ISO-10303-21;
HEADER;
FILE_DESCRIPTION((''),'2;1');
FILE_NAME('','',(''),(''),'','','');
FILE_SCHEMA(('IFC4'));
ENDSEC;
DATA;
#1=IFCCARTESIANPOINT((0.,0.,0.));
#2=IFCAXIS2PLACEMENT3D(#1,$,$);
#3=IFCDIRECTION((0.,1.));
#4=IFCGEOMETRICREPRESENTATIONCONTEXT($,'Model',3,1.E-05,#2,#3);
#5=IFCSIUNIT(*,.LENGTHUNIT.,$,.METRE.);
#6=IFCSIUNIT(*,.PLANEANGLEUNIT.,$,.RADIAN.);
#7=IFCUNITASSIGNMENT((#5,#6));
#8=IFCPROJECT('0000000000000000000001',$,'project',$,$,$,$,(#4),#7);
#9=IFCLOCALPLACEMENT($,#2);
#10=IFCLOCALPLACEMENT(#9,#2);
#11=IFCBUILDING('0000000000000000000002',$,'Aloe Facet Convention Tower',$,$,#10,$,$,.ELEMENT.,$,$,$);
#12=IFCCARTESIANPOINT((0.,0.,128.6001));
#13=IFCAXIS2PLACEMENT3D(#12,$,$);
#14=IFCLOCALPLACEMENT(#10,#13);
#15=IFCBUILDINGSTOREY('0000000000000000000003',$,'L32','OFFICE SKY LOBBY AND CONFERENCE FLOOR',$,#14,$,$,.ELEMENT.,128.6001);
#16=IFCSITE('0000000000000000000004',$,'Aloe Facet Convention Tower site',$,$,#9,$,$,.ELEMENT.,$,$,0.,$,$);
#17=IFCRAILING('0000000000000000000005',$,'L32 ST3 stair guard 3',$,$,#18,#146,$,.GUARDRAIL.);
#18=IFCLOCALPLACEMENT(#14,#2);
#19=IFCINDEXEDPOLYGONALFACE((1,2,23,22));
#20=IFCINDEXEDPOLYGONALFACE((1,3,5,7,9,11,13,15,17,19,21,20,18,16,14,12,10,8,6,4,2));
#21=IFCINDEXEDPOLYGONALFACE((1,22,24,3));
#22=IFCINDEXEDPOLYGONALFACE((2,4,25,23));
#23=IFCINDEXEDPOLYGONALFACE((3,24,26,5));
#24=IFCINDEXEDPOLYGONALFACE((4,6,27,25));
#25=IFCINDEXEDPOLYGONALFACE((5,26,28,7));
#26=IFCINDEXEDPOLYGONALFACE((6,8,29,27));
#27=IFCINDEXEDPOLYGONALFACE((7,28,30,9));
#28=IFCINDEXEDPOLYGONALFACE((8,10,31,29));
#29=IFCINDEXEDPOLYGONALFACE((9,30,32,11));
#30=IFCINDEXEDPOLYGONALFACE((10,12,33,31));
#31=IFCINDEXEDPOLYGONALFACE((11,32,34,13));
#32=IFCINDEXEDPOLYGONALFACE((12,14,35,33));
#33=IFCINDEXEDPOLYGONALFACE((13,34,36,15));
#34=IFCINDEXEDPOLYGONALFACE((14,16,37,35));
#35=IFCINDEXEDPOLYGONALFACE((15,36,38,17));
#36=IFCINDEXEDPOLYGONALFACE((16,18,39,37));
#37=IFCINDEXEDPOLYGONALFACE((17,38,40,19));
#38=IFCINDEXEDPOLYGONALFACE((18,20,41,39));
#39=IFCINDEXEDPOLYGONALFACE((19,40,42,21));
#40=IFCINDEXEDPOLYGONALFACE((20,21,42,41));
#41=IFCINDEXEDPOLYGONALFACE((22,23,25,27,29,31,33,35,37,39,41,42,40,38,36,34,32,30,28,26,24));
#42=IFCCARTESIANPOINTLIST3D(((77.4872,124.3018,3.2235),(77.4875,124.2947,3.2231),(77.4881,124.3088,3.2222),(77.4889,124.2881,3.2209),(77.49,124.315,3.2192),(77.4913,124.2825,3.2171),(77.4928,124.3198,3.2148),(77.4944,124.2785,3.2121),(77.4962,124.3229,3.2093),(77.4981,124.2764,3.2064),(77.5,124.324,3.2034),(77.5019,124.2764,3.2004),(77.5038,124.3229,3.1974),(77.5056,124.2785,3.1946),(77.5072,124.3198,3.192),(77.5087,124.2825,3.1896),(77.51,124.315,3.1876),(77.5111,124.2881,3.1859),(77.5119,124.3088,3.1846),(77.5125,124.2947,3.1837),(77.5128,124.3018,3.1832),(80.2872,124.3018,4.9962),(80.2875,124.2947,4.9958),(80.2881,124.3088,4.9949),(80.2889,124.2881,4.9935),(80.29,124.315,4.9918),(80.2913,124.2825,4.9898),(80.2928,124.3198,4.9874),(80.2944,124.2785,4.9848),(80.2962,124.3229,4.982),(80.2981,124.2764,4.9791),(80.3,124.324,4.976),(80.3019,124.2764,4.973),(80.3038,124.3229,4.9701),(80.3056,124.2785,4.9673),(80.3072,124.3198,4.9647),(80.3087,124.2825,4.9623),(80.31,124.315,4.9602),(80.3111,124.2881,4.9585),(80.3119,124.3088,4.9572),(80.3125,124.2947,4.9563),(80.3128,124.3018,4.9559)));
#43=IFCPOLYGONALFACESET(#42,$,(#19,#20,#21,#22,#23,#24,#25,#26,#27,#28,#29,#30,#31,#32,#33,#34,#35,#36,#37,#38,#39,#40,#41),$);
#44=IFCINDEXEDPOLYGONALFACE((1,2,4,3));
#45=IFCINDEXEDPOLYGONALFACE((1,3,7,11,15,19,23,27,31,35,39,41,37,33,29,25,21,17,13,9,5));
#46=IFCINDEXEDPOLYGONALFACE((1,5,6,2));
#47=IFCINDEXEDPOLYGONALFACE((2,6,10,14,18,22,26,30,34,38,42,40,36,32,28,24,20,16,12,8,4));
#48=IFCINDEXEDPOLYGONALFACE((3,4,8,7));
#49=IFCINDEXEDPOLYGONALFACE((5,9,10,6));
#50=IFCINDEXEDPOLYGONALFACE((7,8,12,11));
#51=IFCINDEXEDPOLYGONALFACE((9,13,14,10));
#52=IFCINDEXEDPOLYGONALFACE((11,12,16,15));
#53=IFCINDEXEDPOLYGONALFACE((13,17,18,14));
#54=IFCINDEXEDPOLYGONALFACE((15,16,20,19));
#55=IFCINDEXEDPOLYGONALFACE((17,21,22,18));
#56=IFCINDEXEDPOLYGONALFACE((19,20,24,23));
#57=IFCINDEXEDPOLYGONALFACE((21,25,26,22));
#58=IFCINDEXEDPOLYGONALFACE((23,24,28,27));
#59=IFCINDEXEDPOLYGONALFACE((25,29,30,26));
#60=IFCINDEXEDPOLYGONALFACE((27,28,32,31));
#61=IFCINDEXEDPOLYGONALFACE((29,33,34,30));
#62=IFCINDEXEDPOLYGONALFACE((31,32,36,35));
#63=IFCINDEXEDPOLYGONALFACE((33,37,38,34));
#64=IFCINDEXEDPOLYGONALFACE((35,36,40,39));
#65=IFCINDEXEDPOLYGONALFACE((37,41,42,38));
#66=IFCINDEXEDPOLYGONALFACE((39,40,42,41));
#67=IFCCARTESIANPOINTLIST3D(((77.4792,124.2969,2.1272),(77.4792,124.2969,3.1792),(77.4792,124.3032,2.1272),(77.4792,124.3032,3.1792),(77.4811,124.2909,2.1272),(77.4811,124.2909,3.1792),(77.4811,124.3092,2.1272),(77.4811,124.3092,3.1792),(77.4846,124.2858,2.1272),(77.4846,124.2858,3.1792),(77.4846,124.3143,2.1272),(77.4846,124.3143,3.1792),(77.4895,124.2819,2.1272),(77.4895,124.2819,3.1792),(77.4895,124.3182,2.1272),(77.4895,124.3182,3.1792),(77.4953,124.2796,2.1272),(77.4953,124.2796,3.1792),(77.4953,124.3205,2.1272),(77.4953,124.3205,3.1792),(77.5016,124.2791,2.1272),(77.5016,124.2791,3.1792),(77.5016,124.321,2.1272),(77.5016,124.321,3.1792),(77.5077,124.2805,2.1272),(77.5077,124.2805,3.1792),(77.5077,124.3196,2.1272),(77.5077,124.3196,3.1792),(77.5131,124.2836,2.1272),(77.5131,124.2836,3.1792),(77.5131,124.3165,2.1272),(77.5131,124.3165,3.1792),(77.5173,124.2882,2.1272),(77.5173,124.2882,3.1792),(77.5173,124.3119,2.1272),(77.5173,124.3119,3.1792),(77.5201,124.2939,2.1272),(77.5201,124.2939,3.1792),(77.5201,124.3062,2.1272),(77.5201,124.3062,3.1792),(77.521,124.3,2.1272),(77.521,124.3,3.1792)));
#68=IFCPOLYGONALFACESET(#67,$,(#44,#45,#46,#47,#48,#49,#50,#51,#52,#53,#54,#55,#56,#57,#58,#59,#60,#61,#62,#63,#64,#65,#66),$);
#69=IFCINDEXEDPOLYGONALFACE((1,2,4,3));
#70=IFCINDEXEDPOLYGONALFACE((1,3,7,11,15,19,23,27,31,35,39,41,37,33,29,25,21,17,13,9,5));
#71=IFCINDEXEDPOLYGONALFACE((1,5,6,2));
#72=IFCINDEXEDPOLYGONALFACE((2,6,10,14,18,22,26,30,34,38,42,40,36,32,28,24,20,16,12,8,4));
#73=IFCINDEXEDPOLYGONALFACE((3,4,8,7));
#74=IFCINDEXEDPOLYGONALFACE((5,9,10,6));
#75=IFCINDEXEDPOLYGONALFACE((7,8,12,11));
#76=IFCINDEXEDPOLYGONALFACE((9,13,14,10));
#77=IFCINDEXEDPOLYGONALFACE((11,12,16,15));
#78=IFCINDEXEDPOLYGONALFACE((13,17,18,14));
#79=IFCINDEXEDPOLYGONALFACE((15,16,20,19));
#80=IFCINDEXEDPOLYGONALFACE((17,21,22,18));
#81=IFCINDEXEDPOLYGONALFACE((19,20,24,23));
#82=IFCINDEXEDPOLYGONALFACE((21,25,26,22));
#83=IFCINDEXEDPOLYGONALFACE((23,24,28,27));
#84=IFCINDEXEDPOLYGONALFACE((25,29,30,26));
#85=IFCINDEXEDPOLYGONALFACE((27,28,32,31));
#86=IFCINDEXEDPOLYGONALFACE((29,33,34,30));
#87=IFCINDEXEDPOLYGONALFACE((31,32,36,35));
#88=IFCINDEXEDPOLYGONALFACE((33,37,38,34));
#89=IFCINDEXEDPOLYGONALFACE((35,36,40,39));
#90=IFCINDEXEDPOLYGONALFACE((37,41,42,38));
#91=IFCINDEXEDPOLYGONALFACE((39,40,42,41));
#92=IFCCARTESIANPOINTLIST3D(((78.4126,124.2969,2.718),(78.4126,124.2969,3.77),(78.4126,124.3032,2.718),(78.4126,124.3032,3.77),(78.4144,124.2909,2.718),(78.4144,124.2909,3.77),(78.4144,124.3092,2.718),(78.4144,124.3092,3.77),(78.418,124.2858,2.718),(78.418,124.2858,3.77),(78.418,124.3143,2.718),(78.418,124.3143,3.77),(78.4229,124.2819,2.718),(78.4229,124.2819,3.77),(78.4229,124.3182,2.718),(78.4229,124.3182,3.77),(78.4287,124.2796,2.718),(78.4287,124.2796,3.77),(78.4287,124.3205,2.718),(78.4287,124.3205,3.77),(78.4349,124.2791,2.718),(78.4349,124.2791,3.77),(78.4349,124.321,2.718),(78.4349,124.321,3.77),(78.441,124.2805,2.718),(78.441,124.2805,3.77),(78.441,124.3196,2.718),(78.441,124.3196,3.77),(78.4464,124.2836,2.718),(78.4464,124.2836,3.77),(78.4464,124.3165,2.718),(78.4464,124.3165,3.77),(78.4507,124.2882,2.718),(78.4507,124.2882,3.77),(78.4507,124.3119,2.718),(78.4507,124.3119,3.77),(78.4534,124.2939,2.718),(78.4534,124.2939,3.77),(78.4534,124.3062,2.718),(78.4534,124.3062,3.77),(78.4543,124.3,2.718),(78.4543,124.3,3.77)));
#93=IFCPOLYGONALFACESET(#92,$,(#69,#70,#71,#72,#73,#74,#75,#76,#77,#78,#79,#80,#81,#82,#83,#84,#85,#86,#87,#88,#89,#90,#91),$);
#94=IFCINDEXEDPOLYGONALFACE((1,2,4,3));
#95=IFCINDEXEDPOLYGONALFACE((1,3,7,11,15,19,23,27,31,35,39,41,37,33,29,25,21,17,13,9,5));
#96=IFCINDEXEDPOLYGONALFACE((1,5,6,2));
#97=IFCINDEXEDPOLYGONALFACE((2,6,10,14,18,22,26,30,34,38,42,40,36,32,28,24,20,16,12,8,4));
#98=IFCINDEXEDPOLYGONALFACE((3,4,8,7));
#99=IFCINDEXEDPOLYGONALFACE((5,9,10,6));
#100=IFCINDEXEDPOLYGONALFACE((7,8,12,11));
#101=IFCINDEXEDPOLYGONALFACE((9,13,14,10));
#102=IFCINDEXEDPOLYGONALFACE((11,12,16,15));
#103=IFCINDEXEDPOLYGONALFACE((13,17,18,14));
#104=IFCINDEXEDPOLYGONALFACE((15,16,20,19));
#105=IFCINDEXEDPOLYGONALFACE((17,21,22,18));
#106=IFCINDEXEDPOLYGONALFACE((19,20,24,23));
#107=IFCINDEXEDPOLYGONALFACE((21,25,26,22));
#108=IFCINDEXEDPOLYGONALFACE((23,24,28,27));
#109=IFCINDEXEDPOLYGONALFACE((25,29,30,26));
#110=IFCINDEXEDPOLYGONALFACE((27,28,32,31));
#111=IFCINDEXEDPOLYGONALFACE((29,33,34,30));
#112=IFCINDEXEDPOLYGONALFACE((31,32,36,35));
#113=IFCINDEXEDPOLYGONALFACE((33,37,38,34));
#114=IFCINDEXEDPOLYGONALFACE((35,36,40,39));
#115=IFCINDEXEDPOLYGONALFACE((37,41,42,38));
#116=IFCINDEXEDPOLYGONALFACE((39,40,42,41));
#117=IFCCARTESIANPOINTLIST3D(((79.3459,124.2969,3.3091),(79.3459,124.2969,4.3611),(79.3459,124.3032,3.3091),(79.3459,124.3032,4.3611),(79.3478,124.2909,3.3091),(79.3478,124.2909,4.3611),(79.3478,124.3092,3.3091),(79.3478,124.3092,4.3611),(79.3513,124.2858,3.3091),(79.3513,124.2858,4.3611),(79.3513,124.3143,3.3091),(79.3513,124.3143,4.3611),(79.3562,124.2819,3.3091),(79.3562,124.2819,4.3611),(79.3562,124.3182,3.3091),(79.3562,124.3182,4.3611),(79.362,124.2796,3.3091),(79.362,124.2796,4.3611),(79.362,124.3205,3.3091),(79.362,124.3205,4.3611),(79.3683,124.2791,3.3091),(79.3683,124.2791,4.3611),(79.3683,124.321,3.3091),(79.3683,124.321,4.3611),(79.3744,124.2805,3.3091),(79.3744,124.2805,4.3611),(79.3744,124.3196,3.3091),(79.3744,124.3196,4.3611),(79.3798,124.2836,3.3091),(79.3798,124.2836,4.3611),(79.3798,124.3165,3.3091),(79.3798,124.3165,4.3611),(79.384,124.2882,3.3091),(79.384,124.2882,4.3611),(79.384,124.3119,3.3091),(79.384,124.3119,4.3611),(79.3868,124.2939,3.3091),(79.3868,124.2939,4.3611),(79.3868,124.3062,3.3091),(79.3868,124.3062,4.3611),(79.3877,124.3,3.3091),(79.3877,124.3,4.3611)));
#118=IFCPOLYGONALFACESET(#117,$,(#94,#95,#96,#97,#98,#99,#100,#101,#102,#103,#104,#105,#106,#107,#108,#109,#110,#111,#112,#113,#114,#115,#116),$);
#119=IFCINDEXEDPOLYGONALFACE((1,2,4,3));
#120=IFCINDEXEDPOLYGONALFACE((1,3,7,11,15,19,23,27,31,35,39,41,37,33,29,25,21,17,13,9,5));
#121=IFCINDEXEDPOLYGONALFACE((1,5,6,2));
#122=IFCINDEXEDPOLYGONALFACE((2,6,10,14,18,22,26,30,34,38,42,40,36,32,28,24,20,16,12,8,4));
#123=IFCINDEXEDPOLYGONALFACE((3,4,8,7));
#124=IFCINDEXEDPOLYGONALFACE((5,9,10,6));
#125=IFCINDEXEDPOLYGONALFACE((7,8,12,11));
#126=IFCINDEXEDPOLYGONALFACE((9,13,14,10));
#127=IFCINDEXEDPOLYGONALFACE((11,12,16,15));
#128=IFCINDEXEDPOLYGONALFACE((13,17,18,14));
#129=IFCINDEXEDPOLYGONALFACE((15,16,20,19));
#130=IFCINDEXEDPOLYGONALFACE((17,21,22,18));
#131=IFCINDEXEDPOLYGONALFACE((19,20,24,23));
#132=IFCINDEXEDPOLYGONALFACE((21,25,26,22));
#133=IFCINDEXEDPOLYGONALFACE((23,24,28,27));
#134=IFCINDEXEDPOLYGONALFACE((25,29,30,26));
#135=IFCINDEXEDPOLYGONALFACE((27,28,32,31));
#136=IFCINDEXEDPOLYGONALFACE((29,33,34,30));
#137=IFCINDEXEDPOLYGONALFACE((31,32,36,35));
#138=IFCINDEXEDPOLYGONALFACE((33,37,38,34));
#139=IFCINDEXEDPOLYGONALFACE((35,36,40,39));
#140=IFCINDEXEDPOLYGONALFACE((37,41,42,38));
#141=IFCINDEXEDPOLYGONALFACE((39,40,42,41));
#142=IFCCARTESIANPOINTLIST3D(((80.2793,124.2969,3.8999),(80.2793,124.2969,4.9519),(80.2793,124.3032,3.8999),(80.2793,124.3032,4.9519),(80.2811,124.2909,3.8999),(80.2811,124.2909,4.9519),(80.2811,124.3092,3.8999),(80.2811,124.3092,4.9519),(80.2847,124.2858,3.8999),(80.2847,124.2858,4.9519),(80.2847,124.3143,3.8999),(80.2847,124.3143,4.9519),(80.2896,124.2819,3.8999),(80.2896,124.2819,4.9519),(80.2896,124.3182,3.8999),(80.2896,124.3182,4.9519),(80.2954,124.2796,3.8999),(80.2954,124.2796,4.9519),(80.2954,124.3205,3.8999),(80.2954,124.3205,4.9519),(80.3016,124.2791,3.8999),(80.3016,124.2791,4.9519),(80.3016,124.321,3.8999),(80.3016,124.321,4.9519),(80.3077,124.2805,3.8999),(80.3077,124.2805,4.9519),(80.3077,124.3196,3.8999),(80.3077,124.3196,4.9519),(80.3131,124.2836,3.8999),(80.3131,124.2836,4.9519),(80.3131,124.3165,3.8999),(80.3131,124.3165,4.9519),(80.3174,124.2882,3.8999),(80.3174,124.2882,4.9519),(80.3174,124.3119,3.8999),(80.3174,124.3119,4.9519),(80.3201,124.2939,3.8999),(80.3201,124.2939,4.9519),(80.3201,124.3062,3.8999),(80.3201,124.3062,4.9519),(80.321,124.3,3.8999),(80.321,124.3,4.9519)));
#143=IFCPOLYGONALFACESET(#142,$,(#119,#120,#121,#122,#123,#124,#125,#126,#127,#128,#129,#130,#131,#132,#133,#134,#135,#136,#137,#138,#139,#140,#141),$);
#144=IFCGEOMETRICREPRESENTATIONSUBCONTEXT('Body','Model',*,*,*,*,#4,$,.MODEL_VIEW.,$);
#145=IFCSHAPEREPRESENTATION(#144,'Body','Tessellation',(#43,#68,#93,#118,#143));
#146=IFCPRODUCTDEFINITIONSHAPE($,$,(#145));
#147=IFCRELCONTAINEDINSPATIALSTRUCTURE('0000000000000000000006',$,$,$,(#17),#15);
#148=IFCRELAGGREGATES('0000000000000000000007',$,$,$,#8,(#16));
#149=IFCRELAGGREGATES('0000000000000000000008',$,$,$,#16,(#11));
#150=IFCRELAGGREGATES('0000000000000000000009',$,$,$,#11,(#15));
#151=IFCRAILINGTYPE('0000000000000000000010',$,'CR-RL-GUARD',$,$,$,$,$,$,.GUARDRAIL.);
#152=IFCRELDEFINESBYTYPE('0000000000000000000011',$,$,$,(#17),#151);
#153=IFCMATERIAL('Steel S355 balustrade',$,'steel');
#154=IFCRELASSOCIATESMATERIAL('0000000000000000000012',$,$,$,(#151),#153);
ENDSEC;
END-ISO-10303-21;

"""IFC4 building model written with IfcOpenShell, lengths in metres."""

from ifc_helpers import new_model, si_unit, direction, frame, origin, origin_2d, place, context, subcontext, project, spatial, circle, extrude, material, type_object, element, save


model = new_model("IFC4")

# Units and contexts
model_context = context("Model", 3, precision=1e-05, world=origin(), true_north=direction((0.0, 1.0)))
body_context = subcontext(model_context, "Body", "Model", "MODEL_VIEW")
ifc_project = project(units=[si_unit("LENGTHUNIT", "METRE"), si_unit("PLANEANGLEUNIT", "RADIAN")], contexts=[model_context])

# Site, building, storey
site_placement = place(None, origin())
site = spatial("IfcSite", under=ifc_project, at=site_placement, Name="Aloe Facet Convention Tower site", CompositionType="ELEMENT", RefElevation=0.0)
building_placement = place(site_placement, origin())
building = spatial("IfcBuilding", under=site, at=building_placement, Name="Aloe Facet Convention Tower", CompositionType="ELEMENT")
storey_placement = place(building_placement, frame((0.0, 0.0, 128.6001)))
storey = spatial("IfcBuildingStorey", under=building, at=storey_placement, Name="L32", Description="OFFICE SKY LOBBY AND CONFERENCE FLOOR", CompositionType="ELEMENT", Elevation=128.6001)

# Railing
ifc_material_1 = material(Name="Steel S355 balustrade", Category="steel")
railing_type_1 = type_object("IfcRailingType", Name="CR-RL-GUARD", PredefinedType="GUARDRAIL", material=ifc_material_1)
railing_1_placement = place(storey_placement, frame((77.5, 124.3, 2.1272)))
element("IfcRailing", 1, at=railing_1_placement, inside=storey, type_object=railing_type_1, Name="L32 ST3 stair guard 3", PredefinedType="GUARDRAIL", context=body_context, shape_type="SweptSolid", body=[
    extrude(circle(Radius=0.0239, at=origin_2d()), frame((0.0, 0.0, 1.0762), z_axis=(0.844909, 0.0, 0.53491), x_axis=(0.0, 1.0, 0.0)), (0.0, 0.0, 1.0), 3.314),
    extrude(circle(Radius=0.021, at=origin_2d()), origin(), (0.0, 0.0, 1.0), 1.052),
    extrude(circle(Radius=0.021, at=origin_2d()), frame((0.9333, 0.0, 0.5908)), (0.0, 0.0, 1.0), 1.052),
    extrude(circle(Radius=0.021, at=origin_2d()), frame((1.8667, 0.0, 1.1819)), (0.0, 0.0, 1.0), 1.052),
    extrude(circle(Radius=0.021, at=origin_2d()), frame((2.8, 0.0, 1.7727)), (0.0, 0.0, 1.0), 1.052),
])

save(model, "model.ifc")
